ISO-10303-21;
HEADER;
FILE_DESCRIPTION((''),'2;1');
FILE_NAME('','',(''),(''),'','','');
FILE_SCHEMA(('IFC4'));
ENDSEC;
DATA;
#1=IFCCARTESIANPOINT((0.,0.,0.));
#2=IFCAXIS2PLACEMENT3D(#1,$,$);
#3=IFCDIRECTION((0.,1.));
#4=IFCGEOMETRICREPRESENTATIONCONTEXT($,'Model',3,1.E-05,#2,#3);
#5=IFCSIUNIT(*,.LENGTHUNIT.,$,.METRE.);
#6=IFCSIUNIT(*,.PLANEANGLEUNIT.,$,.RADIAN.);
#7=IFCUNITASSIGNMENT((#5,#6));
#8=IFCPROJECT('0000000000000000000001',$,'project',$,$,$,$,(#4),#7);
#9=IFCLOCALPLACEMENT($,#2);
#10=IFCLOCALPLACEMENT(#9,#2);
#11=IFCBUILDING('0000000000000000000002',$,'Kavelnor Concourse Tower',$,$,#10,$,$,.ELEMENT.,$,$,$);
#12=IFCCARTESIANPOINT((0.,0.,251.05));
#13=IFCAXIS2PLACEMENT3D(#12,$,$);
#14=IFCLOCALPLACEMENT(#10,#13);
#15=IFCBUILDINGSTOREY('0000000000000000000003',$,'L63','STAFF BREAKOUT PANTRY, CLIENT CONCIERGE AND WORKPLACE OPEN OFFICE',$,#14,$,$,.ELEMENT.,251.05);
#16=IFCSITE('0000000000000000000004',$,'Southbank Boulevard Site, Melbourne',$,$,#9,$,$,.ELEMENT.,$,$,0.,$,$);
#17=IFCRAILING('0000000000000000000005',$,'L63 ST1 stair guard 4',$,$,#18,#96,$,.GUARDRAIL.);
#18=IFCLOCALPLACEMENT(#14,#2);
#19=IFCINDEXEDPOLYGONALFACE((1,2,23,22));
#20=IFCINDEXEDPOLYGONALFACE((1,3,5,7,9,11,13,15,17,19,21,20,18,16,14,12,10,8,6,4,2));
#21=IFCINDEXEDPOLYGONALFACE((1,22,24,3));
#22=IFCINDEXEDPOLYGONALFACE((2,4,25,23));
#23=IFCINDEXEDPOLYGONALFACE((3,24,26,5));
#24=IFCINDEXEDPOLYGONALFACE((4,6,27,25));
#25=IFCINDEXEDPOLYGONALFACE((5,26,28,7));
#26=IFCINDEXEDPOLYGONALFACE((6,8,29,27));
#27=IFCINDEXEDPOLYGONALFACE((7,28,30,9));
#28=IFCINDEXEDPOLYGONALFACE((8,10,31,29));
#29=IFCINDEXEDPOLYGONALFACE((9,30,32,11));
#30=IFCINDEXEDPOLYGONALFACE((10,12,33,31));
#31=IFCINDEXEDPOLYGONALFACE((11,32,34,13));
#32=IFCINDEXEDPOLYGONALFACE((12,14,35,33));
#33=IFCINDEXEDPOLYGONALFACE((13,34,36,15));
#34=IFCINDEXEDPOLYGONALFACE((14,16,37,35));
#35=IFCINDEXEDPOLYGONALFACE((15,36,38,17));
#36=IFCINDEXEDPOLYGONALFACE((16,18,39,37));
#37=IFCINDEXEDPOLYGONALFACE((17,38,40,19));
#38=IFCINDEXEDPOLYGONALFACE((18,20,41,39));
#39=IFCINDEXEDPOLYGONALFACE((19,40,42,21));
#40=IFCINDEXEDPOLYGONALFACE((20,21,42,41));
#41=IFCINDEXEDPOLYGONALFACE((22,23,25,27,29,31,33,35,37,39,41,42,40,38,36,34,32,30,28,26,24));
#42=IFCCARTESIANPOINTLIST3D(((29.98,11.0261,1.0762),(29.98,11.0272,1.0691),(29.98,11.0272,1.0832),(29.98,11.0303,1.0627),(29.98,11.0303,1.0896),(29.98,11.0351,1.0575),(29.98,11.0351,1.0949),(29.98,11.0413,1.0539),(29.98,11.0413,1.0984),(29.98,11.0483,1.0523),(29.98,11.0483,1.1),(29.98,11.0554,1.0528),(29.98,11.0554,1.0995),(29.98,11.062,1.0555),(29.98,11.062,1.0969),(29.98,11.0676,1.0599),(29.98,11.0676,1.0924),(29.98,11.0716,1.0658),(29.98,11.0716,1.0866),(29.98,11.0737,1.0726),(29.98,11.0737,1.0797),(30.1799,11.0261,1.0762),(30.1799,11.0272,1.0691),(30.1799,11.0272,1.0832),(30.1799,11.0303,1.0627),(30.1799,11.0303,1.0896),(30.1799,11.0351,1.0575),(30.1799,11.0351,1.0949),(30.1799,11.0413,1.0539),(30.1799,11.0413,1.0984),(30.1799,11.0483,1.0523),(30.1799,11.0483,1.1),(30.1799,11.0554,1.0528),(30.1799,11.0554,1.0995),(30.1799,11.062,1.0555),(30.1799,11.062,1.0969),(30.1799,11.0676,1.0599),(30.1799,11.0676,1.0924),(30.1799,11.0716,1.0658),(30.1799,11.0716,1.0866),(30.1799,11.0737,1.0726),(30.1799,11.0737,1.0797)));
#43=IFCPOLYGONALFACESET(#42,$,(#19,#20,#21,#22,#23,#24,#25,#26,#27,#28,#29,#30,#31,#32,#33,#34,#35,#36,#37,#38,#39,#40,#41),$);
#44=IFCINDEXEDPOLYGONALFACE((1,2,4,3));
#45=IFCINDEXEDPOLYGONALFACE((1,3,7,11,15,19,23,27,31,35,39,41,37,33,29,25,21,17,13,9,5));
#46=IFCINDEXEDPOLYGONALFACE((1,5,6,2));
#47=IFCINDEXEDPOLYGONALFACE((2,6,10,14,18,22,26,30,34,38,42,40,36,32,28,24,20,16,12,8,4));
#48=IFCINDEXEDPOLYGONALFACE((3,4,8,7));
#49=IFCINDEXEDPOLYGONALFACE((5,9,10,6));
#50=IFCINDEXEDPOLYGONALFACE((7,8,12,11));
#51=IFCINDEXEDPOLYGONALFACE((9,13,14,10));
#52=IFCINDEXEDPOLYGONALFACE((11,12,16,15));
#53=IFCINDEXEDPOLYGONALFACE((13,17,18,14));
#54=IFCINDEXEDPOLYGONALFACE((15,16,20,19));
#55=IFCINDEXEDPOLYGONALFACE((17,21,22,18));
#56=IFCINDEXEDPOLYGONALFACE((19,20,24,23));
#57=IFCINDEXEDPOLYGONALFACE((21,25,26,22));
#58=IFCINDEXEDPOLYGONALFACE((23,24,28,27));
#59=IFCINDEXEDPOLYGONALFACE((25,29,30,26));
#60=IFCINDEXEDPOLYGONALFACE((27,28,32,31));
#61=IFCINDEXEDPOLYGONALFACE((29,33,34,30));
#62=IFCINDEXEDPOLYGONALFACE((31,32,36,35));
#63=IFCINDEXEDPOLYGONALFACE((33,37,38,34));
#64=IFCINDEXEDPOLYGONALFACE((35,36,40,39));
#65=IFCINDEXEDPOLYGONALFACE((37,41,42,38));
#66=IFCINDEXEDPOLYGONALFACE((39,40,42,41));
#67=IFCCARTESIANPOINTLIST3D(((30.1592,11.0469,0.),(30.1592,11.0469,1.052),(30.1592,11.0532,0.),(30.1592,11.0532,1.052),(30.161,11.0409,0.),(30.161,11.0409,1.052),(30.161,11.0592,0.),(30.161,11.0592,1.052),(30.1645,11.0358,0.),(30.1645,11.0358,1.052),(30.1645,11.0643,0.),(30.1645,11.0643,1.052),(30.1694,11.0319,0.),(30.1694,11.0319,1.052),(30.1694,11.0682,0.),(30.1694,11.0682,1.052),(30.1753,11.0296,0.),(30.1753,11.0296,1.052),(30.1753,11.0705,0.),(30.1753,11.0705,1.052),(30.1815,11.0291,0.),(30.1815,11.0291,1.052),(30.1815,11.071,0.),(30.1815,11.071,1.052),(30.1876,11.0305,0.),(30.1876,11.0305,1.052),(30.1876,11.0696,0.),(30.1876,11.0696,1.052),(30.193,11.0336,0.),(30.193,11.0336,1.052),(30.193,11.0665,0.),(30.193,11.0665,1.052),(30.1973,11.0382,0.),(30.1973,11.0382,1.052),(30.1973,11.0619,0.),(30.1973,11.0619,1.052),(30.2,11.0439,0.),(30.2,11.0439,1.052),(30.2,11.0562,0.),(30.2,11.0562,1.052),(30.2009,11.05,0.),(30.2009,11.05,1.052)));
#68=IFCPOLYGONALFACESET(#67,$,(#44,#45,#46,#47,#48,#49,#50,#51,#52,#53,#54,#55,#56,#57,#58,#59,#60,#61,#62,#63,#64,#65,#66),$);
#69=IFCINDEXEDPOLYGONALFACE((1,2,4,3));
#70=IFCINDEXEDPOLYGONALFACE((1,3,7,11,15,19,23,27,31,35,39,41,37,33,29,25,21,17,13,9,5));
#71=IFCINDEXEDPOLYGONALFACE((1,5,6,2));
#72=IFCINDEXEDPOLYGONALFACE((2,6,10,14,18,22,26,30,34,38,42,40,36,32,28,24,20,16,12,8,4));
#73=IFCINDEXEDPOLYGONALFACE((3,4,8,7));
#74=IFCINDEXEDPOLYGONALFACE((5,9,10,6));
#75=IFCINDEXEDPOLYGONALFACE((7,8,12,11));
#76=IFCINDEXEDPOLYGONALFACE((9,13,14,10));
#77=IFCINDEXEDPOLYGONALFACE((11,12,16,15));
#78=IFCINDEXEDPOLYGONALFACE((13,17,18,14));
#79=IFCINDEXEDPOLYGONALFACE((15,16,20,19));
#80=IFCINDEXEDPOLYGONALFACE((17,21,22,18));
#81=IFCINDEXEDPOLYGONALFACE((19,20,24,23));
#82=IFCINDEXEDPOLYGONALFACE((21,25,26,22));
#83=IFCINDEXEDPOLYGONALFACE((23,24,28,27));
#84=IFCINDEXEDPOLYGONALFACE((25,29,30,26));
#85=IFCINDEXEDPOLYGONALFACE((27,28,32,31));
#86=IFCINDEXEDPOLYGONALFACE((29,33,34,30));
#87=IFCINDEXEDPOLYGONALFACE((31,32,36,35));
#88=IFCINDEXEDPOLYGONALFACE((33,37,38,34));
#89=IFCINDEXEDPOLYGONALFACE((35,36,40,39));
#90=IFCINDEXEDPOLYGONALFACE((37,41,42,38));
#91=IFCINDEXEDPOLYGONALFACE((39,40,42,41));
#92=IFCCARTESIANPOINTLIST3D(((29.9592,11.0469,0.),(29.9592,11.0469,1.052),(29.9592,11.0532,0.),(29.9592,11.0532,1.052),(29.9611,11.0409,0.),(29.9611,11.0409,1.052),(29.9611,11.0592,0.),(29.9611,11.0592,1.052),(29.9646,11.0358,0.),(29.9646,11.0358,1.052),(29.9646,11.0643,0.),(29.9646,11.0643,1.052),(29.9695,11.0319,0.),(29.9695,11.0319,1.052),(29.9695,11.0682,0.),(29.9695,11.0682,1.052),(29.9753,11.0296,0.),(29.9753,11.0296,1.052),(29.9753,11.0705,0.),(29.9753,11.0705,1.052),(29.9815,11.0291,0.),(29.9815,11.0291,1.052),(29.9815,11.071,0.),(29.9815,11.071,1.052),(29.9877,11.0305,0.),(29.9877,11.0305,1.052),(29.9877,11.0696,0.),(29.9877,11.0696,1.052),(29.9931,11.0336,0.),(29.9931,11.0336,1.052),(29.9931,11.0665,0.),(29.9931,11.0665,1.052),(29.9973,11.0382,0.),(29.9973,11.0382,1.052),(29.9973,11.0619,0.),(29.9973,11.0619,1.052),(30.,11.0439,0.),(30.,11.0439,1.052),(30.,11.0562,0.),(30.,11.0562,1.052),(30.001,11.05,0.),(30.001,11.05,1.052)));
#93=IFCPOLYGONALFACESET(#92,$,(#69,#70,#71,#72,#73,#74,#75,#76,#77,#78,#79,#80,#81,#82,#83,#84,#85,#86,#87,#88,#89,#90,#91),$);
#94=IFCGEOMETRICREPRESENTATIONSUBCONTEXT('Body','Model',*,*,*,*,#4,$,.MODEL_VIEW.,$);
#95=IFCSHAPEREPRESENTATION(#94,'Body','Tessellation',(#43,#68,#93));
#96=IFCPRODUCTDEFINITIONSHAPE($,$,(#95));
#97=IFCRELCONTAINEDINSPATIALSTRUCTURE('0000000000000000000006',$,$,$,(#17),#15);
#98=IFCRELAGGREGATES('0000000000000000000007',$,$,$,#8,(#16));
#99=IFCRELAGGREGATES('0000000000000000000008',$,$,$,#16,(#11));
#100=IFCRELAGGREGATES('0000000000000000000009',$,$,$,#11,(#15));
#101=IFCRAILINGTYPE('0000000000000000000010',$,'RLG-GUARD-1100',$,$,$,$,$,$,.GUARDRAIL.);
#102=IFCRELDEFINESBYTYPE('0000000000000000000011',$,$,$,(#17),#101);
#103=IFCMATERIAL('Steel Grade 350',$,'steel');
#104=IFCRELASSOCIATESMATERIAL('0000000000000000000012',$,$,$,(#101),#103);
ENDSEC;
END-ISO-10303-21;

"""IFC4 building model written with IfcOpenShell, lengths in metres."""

from ifc_helpers import new_model, si_unit, direction, frame, origin, origin_2d, place, context, subcontext, project, spatial, circle, extrude, material, type_object, element, save


model = new_model("IFC4")

# Units and contexts
model_context = context("Model", 3, precision=1e-05, world=origin(), true_north=direction((0.0, 1.0)))
body_context = subcontext(model_context, "Body", "Model", "MODEL_VIEW")
ifc_project = project(units=[si_unit("LENGTHUNIT", "METRE"), si_unit("PLANEANGLEUNIT", "RADIAN")], contexts=[model_context])

# Site, building, storey
site_placement = place(None, origin())
site = spatial("IfcSite", under=ifc_project, at=site_placement, Name="Southbank Boulevard Site, Melbourne", CompositionType="ELEMENT", RefElevation=0.0)
building_placement = place(site_placement, origin())
building = spatial("IfcBuilding", under=site, at=building_placement, Name="Kavelnor Concourse Tower", CompositionType="ELEMENT")
storey_placement = place(building_placement, frame((0.0, 0.0, 251.05)))
storey = spatial("IfcBuildingStorey", under=building, at=storey_placement, Name="L63", Description="STAFF BREAKOUT PANTRY, CLIENT CONCIERGE AND WORKPLACE OPEN OFFICE", CompositionType="ELEMENT", Elevation=251.05)

# Shared definitions
ifc_material_1 = material(Name="Steel Grade 350", Category="steel")

# Railing
railing_type_1 = type_object("IfcRailingType", Name="RLG-GUARD-1100", PredefinedType="GUARDRAIL", material=ifc_material_1)
railing_1_placement = place(storey_placement, frame((30.1799, 11.05, 0.0)))
element("IfcRailing", 1, at=railing_1_placement, inside=storey, type_object=railing_type_1, Name="L63 ST1 stair guard 4", PredefinedType="GUARDRAIL", context=body_context, shape_type="SweptSolid", body=[
    extrude(circle(Radius=0.0239, at=origin_2d()), frame((0.0, 0.0, 1.0762), z_axis=(-1.0, 0.0, 0.0), x_axis=(0.0, -1.0, 0.0)), (0.0, 0.0, 1.0), 0.2),
    extrude(circle(Radius=0.021, at=origin_2d()), origin(), (0.0, 0.0, 1.0), 1.052),
    extrude(circle(Radius=0.021, at=origin_2d()), frame((-0.2, 0.0, 0.0)), (0.0, 0.0, 1.0), 1.052),
])

save(model, "model.ifc")
